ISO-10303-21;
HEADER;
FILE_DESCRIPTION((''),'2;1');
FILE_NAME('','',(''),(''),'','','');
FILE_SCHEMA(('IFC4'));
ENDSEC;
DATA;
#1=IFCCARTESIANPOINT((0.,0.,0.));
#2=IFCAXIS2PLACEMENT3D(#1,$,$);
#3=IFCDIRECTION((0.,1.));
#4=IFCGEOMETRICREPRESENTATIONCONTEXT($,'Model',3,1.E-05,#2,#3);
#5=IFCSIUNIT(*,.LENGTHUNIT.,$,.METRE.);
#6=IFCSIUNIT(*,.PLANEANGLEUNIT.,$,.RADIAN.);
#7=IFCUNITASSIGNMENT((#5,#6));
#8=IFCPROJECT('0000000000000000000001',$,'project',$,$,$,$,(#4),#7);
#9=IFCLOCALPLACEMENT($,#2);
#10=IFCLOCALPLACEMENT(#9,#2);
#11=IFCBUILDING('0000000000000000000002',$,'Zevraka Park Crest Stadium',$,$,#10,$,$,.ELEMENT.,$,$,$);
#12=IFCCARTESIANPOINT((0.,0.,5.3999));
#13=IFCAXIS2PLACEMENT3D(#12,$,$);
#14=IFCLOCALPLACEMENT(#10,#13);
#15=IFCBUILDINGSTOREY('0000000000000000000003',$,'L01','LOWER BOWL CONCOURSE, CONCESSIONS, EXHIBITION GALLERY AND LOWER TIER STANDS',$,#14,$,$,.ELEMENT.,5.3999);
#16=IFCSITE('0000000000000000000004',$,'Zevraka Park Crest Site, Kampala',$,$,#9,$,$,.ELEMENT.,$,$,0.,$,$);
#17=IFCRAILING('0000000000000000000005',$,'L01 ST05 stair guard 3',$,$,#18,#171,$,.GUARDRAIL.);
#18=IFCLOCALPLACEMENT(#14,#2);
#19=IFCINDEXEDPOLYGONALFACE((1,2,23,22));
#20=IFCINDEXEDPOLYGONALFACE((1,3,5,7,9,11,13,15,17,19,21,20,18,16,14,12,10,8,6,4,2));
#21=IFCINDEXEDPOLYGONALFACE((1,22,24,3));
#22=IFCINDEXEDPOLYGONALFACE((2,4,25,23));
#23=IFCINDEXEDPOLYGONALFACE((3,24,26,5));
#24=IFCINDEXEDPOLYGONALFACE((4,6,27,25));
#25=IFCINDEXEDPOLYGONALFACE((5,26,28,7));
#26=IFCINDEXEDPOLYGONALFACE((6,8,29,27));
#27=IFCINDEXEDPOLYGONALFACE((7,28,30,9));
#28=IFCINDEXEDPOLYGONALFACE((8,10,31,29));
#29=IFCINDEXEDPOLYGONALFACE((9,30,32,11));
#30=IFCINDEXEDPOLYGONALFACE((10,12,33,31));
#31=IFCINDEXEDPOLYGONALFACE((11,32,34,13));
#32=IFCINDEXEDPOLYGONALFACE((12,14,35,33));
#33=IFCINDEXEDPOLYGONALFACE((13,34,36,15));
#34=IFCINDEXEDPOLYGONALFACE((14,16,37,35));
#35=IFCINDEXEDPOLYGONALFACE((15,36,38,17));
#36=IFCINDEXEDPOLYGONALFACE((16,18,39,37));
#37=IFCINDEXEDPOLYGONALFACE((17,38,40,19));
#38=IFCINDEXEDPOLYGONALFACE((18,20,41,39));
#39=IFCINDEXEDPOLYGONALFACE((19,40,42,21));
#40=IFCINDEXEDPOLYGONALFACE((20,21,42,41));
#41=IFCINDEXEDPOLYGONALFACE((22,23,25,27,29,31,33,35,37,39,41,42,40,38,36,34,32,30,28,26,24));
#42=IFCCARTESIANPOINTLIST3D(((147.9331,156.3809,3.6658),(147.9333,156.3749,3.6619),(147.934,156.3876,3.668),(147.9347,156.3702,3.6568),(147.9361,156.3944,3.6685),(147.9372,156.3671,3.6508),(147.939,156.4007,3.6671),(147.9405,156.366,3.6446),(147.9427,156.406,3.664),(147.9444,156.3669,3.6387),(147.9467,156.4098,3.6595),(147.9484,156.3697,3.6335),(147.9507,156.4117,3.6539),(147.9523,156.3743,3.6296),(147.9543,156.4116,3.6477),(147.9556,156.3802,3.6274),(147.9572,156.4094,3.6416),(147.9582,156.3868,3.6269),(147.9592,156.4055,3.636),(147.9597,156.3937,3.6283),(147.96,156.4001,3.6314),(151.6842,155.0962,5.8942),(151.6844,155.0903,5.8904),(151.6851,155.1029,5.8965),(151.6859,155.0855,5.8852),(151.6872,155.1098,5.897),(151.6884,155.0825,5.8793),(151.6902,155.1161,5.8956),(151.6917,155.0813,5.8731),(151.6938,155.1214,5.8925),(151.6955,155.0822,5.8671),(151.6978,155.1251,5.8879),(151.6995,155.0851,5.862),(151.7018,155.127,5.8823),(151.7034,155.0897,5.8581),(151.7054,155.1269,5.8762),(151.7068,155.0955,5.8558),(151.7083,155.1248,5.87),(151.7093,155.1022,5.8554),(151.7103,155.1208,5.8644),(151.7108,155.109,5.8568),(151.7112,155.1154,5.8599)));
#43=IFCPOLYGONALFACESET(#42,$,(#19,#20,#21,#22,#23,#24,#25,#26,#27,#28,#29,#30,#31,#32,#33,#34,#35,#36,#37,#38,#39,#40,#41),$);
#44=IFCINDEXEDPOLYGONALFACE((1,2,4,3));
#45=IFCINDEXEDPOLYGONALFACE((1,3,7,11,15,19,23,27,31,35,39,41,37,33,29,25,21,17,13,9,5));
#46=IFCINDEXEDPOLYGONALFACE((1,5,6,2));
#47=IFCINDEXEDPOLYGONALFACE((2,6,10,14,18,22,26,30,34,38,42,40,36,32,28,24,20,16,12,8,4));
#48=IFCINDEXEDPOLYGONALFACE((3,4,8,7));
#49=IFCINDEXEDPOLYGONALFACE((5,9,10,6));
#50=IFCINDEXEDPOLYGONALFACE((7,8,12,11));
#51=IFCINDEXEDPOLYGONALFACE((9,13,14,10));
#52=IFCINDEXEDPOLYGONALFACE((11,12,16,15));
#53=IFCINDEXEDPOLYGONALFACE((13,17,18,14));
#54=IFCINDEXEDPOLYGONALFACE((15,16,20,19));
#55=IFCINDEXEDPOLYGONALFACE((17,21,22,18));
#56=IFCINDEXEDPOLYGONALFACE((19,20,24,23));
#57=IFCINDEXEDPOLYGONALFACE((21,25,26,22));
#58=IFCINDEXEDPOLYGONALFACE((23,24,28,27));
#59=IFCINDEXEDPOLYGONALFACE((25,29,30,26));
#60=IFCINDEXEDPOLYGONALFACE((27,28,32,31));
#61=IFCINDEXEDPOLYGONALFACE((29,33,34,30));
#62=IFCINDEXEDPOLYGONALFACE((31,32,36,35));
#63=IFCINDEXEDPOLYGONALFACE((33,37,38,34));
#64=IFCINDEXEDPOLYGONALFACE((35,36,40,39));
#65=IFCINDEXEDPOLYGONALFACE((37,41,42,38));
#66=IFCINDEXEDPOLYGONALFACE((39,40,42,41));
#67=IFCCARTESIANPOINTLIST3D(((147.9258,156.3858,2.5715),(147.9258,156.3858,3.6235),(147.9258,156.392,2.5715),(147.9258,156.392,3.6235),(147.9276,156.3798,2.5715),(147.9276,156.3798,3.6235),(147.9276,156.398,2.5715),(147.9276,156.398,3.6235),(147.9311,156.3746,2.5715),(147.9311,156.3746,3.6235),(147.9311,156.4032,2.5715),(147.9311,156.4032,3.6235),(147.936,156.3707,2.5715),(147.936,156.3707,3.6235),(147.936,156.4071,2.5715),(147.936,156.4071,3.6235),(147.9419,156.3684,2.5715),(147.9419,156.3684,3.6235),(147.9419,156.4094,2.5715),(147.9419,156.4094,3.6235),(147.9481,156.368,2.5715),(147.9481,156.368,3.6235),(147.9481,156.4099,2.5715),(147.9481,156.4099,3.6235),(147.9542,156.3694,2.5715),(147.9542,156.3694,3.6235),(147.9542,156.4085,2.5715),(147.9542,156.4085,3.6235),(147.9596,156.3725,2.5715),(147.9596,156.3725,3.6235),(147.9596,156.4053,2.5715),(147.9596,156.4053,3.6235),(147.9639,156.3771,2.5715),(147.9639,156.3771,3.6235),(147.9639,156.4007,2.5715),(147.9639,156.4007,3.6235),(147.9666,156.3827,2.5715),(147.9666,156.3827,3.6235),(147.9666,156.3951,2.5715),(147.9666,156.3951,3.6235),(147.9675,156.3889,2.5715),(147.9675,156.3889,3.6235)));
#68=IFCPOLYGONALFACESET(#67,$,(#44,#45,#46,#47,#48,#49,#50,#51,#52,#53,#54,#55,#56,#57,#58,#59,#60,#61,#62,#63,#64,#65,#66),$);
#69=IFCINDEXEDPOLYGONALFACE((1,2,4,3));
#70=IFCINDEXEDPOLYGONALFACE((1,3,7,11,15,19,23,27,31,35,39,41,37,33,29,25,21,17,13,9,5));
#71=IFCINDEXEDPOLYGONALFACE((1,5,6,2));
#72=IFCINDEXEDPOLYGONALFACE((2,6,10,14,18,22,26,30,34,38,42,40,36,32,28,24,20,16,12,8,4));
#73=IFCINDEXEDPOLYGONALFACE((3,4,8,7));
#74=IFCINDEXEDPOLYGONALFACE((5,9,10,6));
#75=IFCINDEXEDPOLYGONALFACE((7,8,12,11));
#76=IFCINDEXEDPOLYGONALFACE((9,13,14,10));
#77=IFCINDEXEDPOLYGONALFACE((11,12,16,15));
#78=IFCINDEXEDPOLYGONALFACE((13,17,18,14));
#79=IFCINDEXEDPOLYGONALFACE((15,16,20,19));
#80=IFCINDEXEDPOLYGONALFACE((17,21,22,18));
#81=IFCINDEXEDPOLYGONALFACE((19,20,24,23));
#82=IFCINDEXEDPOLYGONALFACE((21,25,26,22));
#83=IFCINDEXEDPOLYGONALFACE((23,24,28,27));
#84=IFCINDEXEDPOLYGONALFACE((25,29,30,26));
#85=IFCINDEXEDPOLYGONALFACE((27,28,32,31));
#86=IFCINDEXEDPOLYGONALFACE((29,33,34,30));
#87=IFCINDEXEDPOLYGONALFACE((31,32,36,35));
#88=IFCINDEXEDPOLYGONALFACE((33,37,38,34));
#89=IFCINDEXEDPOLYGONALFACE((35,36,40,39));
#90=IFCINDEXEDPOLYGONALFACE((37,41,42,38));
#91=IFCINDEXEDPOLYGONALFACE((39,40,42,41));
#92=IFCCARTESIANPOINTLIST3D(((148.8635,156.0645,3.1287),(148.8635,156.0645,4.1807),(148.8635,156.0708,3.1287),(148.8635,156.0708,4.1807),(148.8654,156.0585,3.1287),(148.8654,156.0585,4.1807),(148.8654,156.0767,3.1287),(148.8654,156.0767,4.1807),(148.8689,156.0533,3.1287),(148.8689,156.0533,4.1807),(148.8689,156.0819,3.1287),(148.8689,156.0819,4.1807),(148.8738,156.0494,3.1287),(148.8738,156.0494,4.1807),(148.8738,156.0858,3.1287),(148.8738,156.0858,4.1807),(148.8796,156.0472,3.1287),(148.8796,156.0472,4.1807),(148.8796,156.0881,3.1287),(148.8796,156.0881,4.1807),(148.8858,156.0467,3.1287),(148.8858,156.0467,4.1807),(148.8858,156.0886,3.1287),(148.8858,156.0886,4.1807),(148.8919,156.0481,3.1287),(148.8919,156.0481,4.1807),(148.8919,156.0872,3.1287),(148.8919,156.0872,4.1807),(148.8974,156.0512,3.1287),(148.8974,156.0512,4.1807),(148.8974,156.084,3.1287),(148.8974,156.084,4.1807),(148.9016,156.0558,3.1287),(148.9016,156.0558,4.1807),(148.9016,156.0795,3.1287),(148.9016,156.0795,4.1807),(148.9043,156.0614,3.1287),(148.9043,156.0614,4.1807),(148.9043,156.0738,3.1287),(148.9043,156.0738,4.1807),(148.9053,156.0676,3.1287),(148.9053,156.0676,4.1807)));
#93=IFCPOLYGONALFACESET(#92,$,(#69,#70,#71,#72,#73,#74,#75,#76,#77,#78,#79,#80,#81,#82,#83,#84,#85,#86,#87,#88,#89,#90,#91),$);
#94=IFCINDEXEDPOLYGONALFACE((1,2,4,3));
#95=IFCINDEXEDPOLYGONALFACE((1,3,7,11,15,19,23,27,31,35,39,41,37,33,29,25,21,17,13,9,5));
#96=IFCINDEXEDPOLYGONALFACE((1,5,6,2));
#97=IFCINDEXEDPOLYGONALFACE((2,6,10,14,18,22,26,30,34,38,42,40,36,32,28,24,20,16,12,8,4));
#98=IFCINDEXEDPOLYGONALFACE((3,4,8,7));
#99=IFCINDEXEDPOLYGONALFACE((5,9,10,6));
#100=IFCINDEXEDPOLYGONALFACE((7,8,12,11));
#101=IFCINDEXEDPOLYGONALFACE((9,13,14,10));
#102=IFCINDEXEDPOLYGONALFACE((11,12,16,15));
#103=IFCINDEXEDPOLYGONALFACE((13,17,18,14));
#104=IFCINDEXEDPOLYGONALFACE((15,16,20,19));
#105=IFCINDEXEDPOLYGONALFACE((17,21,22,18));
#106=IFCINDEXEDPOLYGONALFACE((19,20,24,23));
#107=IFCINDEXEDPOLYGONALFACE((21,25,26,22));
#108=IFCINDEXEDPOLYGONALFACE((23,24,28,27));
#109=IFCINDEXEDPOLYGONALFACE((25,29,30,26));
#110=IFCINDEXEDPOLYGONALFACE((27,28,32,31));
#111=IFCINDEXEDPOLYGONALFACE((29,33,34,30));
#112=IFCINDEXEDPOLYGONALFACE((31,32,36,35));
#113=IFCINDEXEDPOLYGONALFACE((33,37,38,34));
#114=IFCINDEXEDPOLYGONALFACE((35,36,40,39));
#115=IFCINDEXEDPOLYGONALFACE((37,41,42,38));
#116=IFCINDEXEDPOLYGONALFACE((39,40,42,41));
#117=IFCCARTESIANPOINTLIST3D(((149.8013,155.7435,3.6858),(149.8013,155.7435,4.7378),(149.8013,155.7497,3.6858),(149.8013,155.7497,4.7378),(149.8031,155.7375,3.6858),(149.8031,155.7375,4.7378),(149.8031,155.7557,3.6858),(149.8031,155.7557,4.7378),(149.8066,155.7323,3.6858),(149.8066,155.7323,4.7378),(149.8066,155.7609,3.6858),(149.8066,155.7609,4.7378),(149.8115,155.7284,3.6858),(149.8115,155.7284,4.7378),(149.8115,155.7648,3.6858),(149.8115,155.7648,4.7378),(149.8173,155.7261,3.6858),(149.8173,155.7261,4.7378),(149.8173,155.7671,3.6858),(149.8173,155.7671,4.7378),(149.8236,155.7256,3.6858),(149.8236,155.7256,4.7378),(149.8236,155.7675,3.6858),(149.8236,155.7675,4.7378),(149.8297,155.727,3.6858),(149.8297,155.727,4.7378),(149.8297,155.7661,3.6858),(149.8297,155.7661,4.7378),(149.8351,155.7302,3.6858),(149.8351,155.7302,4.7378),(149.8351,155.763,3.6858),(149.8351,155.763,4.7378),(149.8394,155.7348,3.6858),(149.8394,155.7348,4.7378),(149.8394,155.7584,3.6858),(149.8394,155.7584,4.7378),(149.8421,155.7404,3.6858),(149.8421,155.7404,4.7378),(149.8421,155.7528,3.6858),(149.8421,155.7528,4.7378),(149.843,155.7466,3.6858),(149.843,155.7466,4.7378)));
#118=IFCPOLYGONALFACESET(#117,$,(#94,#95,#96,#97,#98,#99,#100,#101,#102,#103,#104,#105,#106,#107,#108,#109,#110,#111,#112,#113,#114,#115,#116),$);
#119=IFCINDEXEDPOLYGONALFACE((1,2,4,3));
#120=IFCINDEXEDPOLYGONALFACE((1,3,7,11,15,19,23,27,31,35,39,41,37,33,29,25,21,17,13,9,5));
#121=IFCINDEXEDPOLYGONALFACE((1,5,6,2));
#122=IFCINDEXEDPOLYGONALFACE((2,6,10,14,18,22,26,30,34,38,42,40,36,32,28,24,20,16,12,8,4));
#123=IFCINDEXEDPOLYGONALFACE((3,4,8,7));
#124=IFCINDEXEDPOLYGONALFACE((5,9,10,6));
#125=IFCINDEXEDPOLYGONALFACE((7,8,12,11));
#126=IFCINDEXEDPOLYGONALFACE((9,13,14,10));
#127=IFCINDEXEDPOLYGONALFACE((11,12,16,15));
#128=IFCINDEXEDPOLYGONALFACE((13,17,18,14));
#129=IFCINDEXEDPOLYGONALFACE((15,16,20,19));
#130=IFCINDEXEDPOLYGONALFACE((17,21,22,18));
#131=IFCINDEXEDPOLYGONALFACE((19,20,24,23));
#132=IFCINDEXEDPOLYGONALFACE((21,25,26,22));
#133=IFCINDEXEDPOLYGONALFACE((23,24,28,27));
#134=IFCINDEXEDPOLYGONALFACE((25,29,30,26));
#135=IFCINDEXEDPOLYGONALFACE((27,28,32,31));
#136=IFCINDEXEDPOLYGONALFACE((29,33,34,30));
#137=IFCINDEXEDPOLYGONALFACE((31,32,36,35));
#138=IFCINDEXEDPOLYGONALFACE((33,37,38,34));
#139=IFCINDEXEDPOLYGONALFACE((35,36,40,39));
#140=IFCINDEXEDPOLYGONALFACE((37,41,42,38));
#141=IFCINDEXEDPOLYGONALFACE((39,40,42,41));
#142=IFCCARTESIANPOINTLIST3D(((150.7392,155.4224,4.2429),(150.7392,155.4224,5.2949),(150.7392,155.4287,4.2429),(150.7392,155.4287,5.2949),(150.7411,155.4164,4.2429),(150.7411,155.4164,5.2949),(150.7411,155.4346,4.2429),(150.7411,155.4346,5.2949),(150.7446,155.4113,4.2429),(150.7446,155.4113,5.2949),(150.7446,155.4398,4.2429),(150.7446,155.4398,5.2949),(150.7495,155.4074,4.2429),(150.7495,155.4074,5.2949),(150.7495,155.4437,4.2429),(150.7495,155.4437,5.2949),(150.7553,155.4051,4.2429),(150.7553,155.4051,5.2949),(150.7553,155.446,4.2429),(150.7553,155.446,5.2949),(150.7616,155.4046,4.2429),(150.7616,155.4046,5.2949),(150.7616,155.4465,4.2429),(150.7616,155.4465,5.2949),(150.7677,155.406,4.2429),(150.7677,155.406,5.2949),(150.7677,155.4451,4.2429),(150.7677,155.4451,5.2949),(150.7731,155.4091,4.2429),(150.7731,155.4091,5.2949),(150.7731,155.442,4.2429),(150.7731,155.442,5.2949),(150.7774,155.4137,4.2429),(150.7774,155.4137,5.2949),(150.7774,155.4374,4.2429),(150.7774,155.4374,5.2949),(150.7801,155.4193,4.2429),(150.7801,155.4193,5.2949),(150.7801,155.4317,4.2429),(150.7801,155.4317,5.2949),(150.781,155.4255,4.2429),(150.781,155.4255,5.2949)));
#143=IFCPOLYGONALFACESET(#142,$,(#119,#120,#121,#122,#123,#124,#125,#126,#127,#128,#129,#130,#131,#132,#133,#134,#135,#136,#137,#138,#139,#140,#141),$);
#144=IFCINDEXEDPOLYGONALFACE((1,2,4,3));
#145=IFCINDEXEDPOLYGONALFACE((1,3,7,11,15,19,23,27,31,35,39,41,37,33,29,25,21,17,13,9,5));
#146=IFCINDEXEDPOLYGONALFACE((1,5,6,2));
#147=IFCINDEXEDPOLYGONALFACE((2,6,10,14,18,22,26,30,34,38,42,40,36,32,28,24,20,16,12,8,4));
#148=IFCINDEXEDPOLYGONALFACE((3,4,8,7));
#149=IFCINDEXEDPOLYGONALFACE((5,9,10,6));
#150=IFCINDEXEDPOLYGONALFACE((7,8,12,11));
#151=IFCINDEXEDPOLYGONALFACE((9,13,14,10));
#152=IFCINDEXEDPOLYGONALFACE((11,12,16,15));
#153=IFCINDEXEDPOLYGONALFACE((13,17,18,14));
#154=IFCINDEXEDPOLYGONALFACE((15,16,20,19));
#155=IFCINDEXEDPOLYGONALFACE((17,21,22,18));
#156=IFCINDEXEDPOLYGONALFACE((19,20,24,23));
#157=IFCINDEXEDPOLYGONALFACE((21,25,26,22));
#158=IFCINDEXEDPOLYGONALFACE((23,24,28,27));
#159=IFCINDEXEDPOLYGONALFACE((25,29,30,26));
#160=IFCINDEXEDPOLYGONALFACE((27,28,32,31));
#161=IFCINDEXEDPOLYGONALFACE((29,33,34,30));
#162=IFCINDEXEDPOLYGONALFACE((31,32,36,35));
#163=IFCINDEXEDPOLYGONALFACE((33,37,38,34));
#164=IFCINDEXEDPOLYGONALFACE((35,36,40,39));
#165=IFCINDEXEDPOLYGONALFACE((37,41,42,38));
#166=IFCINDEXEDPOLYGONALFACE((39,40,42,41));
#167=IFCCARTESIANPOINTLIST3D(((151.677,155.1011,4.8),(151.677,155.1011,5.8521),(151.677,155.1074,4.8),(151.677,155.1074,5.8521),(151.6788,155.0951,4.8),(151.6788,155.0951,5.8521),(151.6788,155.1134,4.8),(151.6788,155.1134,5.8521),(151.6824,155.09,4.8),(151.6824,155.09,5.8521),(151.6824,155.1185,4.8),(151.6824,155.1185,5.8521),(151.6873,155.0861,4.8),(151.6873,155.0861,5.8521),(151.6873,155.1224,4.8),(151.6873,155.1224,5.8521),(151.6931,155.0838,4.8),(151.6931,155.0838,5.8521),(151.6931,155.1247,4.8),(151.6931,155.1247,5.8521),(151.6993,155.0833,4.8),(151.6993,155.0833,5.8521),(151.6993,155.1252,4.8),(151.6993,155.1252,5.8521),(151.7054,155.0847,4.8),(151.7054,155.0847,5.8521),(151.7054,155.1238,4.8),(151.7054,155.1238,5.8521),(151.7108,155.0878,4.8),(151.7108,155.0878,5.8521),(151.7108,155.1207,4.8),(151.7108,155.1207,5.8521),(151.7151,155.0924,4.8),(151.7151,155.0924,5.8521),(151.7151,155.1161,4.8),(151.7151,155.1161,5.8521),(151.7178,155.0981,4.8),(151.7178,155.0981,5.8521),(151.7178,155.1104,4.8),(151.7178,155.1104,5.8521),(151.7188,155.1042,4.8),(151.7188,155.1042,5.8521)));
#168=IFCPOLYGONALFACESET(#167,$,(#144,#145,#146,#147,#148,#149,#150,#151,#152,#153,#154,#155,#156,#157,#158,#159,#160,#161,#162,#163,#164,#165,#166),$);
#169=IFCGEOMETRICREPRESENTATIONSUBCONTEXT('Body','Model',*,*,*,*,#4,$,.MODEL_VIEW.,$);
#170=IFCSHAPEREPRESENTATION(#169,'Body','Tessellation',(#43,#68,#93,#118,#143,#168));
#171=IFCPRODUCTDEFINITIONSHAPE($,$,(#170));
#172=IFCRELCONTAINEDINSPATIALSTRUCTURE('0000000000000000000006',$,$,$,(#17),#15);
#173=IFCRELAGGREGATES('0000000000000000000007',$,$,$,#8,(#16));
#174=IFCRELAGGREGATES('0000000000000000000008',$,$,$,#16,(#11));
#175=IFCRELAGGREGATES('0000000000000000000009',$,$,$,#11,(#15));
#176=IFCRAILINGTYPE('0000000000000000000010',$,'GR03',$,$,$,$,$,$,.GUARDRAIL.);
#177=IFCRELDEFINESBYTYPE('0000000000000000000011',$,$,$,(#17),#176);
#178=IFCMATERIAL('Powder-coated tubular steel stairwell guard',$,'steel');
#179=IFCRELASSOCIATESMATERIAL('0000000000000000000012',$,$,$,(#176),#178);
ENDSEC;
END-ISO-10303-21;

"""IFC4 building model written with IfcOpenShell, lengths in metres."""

from ifc_helpers import new_model, si_unit, direction, frame, origin, origin_2d, place, context, subcontext, project, spatial, circle, extrude, material, type_object, element, save


model = new_model("IFC4")

# Units and contexts
model_context = context("Model", 3, precision=1e-05, world=origin(), true_north=direction((0.0, 1.0)))
body_context = subcontext(model_context, "Body", "Model", "MODEL_VIEW")
ifc_project = project(units=[si_unit("LENGTHUNIT", "METRE"), si_unit("PLANEANGLEUNIT", "RADIAN")], contexts=[model_context])

# Site, building, storey
site_placement = place(None, origin())
site = spatial("IfcSite", under=ifc_project, at=site_placement, Name="Zevraka Park Crest Site, Kampala", CompositionType="ELEMENT", RefElevation=0.0)
building_placement = place(site_placement, origin())
building = spatial("IfcBuilding", under=site, at=building_placement, Name="Zevraka Park Crest Stadium", CompositionType="ELEMENT")
storey_placement = place(building_placement, frame((0.0, 0.0, 5.3999)))
storey = spatial("IfcBuildingStorey", under=building, at=storey_placement, Name="L01", Description="LOWER BOWL CONCOURSE, CONCESSIONS, EXHIBITION GALLERY AND LOWER TIER STANDS", CompositionType="ELEMENT", Elevation=5.3999)

# Railing
ifc_material_1 = material(Name="Powder-coated tubular steel stairwell guard", Category="steel")
railing_type_1 = type_object("IfcRailingType", Name="GR03", PredefinedType="GUARDRAIL", material=ifc_material_1)
railing_1_placement = place(storey_placement, frame((147.9465, 156.3889, 2.5715)))
element("IfcRailing", 1, at=railing_1_placement, inside=storey, type_object=railing_type_1, Name="L01 ST05 stair guard 3", PredefinedType="GUARDRAIL", context=body_context, shape_type="SweptSolid", body=[
    extrude(circle(Radius=0.0239, at=origin_2d()), frame((0.0, 0.0, 1.0762), z_axis=(0.824727, -0.282441, 0.489952), x_axis=(0.323994, 0.946059, 0.0)), (0.0, 0.0, 1.0), 4.5483),
    extrude(circle(Radius=0.021, at=origin_2d()), origin(), (0.0, 0.0, 1.0), 1.052),
    extrude(circle(Radius=0.021, at=origin_2d()), frame((0.9377, -0.3213, 0.5571)), (0.0, 0.0, 1.0), 1.052),
    extrude(circle(Radius=0.021, at=origin_2d()), frame((1.8755, -0.6423, 1.1143)), (0.0, 0.0, 1.0), 1.052),
    extrude(circle(Radius=0.021, at=origin_2d()), frame((2.8135, -0.9634, 1.6714)), (0.0, 0.0, 1.0), 1.052),
    extrude(circle(Radius=0.021, at=origin_2d()), frame((3.7512, -1.2847, 2.2285)), (0.0, 0.0, 1.0), 1.052),
])

save(model, "model.ifc")
